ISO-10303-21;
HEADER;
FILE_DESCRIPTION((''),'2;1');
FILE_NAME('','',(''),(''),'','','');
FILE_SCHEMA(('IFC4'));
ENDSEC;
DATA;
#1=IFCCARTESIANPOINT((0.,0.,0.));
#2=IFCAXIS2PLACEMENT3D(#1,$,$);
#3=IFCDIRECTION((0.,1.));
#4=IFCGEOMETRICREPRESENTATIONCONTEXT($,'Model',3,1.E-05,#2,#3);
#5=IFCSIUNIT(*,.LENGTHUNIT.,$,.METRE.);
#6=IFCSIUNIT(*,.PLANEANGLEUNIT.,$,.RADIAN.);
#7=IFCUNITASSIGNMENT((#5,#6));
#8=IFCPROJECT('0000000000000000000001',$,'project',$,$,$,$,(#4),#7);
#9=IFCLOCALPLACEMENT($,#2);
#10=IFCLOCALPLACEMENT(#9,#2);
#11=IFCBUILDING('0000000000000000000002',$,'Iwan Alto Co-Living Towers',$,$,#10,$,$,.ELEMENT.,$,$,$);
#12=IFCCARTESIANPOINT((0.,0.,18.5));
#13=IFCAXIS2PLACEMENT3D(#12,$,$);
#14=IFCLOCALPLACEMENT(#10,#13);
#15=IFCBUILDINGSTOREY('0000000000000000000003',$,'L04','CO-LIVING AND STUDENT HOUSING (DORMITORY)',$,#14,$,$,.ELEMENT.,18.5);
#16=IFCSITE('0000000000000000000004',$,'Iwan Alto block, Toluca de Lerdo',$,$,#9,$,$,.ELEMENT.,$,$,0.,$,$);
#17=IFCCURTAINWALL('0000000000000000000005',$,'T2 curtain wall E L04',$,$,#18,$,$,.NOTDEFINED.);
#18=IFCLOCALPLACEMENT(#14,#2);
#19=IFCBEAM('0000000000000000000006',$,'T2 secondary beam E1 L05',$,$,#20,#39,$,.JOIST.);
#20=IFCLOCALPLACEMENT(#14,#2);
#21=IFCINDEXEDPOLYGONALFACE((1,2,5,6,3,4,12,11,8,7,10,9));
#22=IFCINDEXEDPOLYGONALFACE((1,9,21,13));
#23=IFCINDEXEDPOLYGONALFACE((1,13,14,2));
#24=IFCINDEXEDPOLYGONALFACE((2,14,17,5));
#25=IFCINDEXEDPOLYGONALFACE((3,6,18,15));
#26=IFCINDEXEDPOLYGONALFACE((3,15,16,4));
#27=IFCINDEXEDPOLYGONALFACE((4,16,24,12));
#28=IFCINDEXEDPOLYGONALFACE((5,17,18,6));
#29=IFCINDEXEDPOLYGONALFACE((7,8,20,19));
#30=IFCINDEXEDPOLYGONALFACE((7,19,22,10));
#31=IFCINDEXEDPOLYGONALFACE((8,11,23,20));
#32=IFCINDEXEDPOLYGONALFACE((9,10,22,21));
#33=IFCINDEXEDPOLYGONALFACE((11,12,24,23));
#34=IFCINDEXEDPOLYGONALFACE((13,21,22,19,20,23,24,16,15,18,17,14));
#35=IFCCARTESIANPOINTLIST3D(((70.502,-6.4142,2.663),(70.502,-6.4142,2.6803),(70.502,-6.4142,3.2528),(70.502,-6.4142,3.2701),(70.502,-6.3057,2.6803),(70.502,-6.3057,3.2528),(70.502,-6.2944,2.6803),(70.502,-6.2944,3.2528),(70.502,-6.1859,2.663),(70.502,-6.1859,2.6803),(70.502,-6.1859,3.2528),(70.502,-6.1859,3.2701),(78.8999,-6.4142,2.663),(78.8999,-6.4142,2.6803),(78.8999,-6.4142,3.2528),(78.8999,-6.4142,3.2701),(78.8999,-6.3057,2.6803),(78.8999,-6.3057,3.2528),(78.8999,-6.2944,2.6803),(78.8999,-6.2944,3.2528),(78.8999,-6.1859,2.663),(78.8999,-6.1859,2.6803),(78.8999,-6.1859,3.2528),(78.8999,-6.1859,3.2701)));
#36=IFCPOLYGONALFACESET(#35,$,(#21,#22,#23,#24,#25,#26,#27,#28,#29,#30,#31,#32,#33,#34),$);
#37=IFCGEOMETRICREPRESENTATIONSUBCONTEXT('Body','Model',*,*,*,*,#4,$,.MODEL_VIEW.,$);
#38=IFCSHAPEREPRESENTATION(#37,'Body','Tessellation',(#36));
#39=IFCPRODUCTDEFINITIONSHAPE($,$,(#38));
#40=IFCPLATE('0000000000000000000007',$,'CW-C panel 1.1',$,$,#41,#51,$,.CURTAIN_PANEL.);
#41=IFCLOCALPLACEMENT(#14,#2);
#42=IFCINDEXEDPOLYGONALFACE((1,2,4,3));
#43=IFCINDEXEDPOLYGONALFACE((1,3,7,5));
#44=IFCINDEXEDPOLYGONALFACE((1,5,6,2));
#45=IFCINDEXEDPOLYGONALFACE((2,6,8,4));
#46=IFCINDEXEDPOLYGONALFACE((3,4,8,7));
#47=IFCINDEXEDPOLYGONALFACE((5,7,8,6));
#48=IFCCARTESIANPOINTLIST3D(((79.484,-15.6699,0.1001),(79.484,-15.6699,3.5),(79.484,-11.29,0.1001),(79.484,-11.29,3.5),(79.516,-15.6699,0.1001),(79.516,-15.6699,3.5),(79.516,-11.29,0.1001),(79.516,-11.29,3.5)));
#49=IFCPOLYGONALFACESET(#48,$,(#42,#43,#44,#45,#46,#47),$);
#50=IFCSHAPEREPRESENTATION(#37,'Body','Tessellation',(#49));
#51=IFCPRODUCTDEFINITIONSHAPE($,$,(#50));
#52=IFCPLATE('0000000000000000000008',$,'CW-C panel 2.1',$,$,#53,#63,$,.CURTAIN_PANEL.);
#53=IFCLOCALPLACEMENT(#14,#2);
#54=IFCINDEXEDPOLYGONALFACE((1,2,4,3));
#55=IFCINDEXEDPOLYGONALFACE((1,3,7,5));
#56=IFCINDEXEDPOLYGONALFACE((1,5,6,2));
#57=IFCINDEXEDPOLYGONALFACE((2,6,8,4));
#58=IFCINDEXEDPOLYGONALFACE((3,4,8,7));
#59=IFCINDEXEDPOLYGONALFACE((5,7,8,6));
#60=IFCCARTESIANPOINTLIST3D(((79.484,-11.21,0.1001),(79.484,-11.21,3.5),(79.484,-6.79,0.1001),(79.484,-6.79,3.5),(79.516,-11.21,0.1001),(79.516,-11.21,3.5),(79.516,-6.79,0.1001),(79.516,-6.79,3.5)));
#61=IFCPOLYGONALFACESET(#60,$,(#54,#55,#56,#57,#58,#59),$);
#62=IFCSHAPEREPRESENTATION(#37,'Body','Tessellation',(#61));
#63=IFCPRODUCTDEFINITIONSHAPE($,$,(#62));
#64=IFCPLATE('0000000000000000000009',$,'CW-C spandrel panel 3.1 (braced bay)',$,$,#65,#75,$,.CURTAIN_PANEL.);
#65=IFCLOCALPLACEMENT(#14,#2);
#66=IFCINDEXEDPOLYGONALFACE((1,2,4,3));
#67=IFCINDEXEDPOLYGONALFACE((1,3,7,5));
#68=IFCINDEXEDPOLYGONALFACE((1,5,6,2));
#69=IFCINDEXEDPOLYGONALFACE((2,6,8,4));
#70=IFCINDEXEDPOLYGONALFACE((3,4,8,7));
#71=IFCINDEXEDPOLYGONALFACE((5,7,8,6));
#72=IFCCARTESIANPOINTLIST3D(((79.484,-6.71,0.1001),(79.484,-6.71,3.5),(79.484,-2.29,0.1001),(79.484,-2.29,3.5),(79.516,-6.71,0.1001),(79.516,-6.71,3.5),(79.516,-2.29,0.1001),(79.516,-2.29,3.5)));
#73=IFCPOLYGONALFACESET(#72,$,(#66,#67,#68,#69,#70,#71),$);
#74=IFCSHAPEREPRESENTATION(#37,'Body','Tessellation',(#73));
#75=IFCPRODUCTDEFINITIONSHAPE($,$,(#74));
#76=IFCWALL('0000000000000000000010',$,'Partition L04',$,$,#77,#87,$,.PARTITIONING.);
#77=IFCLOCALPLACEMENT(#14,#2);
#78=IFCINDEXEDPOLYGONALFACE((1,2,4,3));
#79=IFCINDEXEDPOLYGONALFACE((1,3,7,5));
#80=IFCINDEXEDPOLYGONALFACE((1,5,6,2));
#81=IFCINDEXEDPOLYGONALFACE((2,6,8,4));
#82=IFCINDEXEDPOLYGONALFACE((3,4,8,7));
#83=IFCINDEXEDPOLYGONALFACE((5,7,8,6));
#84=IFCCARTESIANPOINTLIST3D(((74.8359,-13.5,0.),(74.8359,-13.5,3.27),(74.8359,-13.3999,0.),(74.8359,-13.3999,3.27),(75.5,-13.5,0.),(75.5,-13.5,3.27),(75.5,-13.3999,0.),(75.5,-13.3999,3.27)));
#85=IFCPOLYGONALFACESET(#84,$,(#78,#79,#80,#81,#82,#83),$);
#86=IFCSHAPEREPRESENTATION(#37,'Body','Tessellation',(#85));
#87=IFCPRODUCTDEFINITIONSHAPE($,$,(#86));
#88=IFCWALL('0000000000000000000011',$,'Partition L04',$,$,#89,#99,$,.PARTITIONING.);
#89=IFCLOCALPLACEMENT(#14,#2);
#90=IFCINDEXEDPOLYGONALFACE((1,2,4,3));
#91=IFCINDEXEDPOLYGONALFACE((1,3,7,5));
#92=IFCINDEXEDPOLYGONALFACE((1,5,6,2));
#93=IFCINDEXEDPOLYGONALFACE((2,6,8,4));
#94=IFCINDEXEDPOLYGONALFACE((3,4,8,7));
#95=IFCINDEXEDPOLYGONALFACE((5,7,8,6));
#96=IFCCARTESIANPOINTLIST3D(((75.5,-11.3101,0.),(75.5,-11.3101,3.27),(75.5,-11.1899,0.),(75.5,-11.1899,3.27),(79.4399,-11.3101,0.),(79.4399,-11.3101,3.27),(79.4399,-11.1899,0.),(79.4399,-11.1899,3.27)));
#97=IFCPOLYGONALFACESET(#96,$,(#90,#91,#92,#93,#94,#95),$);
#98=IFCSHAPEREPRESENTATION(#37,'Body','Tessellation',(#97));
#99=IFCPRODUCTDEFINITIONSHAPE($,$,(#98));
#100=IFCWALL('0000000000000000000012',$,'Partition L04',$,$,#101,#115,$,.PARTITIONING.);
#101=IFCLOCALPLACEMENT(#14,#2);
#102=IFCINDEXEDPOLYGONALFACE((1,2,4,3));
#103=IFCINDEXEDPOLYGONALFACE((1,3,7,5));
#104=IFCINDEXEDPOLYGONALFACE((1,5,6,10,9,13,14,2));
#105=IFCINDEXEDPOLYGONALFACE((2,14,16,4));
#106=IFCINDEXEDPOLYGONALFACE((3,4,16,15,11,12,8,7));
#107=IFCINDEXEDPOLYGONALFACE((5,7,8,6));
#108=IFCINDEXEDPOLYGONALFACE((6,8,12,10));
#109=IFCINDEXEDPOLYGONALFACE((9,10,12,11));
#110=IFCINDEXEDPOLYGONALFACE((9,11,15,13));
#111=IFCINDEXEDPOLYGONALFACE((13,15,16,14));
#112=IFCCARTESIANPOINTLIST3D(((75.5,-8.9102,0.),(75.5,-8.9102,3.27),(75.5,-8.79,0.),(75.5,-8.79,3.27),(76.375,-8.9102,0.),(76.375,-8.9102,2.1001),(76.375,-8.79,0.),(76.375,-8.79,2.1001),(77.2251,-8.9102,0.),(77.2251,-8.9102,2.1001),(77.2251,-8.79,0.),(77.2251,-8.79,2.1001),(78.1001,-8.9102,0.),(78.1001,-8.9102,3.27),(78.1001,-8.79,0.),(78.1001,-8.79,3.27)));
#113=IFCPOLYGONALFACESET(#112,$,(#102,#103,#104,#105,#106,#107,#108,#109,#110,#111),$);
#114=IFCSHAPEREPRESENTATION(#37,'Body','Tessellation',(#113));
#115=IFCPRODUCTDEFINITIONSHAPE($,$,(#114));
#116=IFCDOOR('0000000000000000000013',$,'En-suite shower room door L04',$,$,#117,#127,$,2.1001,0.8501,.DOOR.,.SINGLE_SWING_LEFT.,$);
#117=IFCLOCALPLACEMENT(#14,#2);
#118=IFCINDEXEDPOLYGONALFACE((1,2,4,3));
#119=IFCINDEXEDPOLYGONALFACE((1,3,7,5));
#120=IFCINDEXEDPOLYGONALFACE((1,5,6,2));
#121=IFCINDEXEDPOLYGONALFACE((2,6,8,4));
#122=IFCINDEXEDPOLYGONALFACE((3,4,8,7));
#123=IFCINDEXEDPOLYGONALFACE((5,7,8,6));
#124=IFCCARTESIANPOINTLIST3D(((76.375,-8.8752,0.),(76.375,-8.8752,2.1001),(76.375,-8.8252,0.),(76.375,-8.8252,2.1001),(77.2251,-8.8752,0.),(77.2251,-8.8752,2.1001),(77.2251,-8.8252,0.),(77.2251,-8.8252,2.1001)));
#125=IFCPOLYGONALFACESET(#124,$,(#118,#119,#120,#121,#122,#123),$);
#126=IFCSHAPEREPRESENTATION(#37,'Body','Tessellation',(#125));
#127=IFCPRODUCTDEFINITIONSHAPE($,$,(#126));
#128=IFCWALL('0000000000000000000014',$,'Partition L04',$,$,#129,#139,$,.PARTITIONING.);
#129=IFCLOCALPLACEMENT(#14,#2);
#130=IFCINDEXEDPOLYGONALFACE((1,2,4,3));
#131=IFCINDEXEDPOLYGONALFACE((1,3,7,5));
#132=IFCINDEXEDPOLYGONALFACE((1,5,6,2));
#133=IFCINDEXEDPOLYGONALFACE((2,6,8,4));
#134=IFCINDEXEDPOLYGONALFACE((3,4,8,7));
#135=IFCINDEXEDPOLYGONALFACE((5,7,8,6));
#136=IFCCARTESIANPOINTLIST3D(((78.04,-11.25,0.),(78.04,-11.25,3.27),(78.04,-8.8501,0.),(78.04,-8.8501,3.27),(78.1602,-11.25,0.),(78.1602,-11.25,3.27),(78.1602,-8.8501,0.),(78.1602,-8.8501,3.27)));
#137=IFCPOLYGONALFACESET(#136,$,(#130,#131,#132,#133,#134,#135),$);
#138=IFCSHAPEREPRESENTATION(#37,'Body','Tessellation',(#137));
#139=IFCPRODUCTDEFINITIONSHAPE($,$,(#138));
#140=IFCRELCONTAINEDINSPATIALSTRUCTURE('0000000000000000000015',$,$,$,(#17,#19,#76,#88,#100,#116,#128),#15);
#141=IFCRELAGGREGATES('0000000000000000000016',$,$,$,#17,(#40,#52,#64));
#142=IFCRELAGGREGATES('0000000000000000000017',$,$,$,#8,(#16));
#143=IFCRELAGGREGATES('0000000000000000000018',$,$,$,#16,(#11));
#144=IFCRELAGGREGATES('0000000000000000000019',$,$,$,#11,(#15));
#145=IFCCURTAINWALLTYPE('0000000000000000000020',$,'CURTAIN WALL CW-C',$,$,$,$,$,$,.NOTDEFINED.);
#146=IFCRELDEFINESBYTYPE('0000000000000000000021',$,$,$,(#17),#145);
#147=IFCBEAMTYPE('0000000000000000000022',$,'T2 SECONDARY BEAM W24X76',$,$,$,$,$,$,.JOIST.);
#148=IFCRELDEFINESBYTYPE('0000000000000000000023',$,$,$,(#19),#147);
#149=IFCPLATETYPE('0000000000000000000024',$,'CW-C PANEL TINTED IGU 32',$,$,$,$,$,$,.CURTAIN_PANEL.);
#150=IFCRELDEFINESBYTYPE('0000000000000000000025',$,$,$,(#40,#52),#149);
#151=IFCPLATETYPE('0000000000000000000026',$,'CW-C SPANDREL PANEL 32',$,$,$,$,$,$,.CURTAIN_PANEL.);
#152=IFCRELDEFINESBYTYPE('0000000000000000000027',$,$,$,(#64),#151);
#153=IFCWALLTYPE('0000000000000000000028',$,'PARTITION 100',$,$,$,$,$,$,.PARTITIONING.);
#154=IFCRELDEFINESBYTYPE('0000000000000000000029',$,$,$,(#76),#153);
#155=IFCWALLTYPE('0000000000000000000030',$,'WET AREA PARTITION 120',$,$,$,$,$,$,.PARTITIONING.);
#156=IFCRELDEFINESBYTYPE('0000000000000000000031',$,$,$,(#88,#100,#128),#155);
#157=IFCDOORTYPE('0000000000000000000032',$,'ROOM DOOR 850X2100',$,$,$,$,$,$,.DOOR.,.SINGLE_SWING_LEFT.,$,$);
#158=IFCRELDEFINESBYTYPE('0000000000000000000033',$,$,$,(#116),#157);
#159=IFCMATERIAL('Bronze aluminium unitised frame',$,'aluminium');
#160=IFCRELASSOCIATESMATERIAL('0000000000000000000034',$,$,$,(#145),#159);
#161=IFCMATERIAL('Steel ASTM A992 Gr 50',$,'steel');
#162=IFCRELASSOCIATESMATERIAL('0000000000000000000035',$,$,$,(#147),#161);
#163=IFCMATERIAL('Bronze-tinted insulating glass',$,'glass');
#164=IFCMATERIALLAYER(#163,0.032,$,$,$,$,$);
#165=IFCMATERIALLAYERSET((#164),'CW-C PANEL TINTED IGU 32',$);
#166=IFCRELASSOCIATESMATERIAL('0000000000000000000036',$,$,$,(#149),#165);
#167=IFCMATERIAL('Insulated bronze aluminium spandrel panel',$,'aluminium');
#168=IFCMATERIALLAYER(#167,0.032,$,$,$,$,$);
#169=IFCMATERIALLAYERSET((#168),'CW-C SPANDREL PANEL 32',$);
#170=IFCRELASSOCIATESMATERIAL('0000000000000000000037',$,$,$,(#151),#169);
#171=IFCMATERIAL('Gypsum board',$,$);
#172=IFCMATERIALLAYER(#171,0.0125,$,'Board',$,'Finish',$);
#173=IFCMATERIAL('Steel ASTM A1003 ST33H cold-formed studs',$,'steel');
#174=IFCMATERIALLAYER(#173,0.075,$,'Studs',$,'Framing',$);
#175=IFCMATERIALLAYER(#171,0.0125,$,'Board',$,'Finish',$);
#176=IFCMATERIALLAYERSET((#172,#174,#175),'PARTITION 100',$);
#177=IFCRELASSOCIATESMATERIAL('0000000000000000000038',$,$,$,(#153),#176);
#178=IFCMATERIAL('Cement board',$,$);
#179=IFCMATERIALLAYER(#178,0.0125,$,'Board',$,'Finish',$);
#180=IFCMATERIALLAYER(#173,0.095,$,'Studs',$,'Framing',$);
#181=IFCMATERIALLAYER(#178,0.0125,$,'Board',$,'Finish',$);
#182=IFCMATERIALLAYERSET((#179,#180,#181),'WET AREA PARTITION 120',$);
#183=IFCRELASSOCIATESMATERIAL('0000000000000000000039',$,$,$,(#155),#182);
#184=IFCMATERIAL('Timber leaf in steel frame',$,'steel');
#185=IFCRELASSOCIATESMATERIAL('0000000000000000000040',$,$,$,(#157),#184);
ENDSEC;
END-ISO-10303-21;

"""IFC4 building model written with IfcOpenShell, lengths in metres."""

from ifc_helpers import new_model, si_unit, direction, frame, frame_2d, origin, origin_2d, place, context, subcontext, project, spatial, rectangle, i_section, extrude, material, layer, layer_set, material_profile, profile_set, type_object, element, fill, aggregate, save


model = new_model("IFC4")

# Units and contexts
model_context = context("Model", 3, precision=1e-05, world=origin(), true_north=direction((0.0, 1.0)))
body_context = subcontext(model_context, "Body", "Model", "MODEL_VIEW")
ifc_project = project(units=[si_unit("LENGTHUNIT", "METRE"), si_unit("PLANEANGLEUNIT", "RADIAN")], contexts=[model_context])

# Site, building, storey
site_placement = place(None, origin())
site = spatial("IfcSite", under=ifc_project, at=site_placement, Name="Iwan Alto block, Toluca de Lerdo", CompositionType="ELEMENT", RefElevation=0.0)
building_placement = place(site_placement, origin())
building = spatial("IfcBuilding", under=site, at=building_placement, Name="Iwan Alto Co-Living Towers", CompositionType="ELEMENT")
storey_placement = place(building_placement, frame((0.0, 0.0, 18.5)))
storey = spatial("IfcBuildingStorey", under=building, at=storey_placement, Name="L04", Description="CO-LIVING AND STUDENT HOUSING (DORMITORY)", CompositionType="ELEMENT", Elevation=18.5)

# Curtain wall
ifc_material_1 = material(Name="Bronze aluminium unitised frame", Category="aluminium")
curtain_wall_type = type_object("IfcCurtainWallType", Name="CURTAIN WALL CW-C", PredefinedType="NOTDEFINED", material=ifc_material_1)
curtain_wall_placement = place(storey_placement, origin())
curtain_wall = element("IfcCurtainWall", 1, at=curtain_wall_placement, inside=storey, type_object=curtain_wall_type, Name="T2 curtain wall E L04", PredefinedType="NOTDEFINED")

# Beam
ifc_material_2 = material(Name="Steel ASTM A992 Gr 50", Category="steel")
ifc_material_profile_1 = material_profile(ifc_material_2, i_section(OverallWidth=0.2283, OverallDepth=0.6072, WebThickness=0.0112, FlangeThickness=0.0173, at=origin_2d()), Name="W24X76")
ifc_profile_set_1 = profile_set([ifc_material_profile_1], Name="Steel ASTM A992 Gr 50")
beam_type_1 = type_object("IfcBeamType", Name="T2 SECONDARY BEAM W24X76", PredefinedType="JOIST", material=ifc_profile_set_1)
beam_1_placement = place(storey_placement, frame((78.8999, -6.3, 2.9666), z_axis=(-1.0, 0.0, 0.0), x_axis=(0.0, -1.0, 0.0)))
element("IfcBeam", 2, at=beam_1_placement, inside=storey, type_object=beam_type_1, Name="T2 secondary beam E1 L05", PredefinedType="JOIST", context=body_context, shape_type="SweptSolid", body=[
    extrude(i_section(OverallWidth=0.2283, OverallDepth=0.6072, WebThickness=0.0112, FlangeThickness=0.0173, at=origin_2d()), origin(), (0.0, 0.0, 1.0), 8.3979),
])

# Plates
ifc_material_3 = material(Name="Bronze-tinted insulating glass", Category="glass")
ifc_layer_1 = layer(ifc_material_3, 0.032)
ifc_layer_set_1 = layer_set([ifc_layer_1], Name="CW-C PANEL TINTED IGU 32")
plate_type_1 = type_object("IfcPlateType", Name="CW-C PANEL TINTED IGU 32", PredefinedType="CURTAIN_PANEL", material=ifc_layer_set_1)
plate_1_placement = place(storey_placement, frame((79.5, -13.48, 0.1001), z_axis=(0.0, 0.0, 1.0), x_axis=(0.0, 1.0, 0.0)))
plate_1 = element("IfcPlate", 3, at=plate_1_placement, type_object=plate_type_1, Name="CW-C panel 1.1", PredefinedType="CURTAIN_PANEL", context=body_context, shape_type="SweptSolid", body=[
    extrude(rectangle(XDim=4.3799, YDim=0.032, at=origin_2d()), origin(), (0.0, 0.0, 1.0), 3.3999),
])
plate_2_placement = place(storey_placement, frame((79.5, -9.0, 0.1001), z_axis=(0.0, 0.0, 1.0), x_axis=(0.0, 1.0, 0.0)))
plate_2 = element("IfcPlate", 4, at=plate_2_placement, type_object=plate_type_1, Name="CW-C panel 2.1", PredefinedType="CURTAIN_PANEL", context=body_context, shape_type="SweptSolid", body=[
    extrude(rectangle(XDim=4.4199, YDim=0.032, at=origin_2d()), origin(), (0.0, 0.0, 1.0), 3.3999),
])
ifc_material_4 = material(Name="Insulated bronze aluminium spandrel panel", Category="aluminium")
ifc_layer_2 = layer(ifc_material_4, 0.032)
ifc_layer_set_2 = layer_set([ifc_layer_2], Name="CW-C SPANDREL PANEL 32")
plate_type_2 = type_object("IfcPlateType", Name="CW-C SPANDREL PANEL 32", PredefinedType="CURTAIN_PANEL", material=ifc_layer_set_2)
plate_3_placement = place(storey_placement, frame((79.5, -4.5, 0.1001), z_axis=(0.0, 0.0, 1.0), x_axis=(0.0, 1.0, 0.0)))
plate_3 = element("IfcPlate", 5, at=plate_3_placement, type_object=plate_type_2, Name="CW-C spandrel panel 3.1 (braced bay)", PredefinedType="CURTAIN_PANEL", context=body_context, shape_type="SweptSolid", body=[
    extrude(rectangle(XDim=4.4199, YDim=0.032, at=origin_2d()), origin(), (0.0, 0.0, 1.0), 3.3999),
])
aggregate(curtain_wall, [plate_1, plate_2, plate_3])

# Walls
ifc_material_5 = material(Name="Gypsum board")
ifc_layer_3 = layer(ifc_material_5, 0.0125, Name="Board", Category="Finish")
ifc_material_6 = material(Name="Steel ASTM A1003 ST33H cold-formed studs", Category="steel")
ifc_layer_4 = layer(ifc_material_6, 0.075, Name="Studs", Category="Framing")
ifc_layer_5 = layer(ifc_material_5, 0.0125, Name="Board", Category="Finish")
ifc_layer_set_3 = layer_set([ifc_layer_3, ifc_layer_4, ifc_layer_5], Name="PARTITION 100")
wall_type_1 = type_object("IfcWallType", Name="PARTITION 100", PredefinedType="PARTITIONING", material=ifc_layer_set_3)
wall_1_placement = place(storey_placement, frame((74.8359, -13.45, 0.0), z_axis=(0.0, 0.0, 1.0), x_axis=(1.0, 0.0, 0.0)))
element("IfcWall", 6, at=wall_1_placement, inside=storey, type_object=wall_type_1, Name="Partition L04", PredefinedType="PARTITIONING", context=body_context, shape_type="SweptSolid", body=[
    extrude(rectangle(XDim=0.6641, YDim=0.1001, at=frame_2d((0.332, 0.0))), origin(), (0.0, 0.0, 1.0), 3.27),
])
ifc_material_7 = material(Name="Cement board")
ifc_layer_6 = layer(ifc_material_7, 0.0125, Name="Board", Category="Finish")
ifc_layer_7 = layer(ifc_material_6, 0.095, Name="Studs", Category="Framing")
ifc_layer_8 = layer(ifc_material_7, 0.0125, Name="Board", Category="Finish")
ifc_layer_set_4 = layer_set([ifc_layer_6, ifc_layer_7, ifc_layer_8], Name="WET AREA PARTITION 120")
wall_type_2 = type_object("IfcWallType", Name="WET AREA PARTITION 120", PredefinedType="PARTITIONING", material=ifc_layer_set_4)
wall_2_placement = place(storey_placement, frame((75.5, -11.25, 0.0), z_axis=(0.0, 0.0, 1.0), x_axis=(1.0, 0.0, 0.0)))
element("IfcWall", 7, at=wall_2_placement, inside=storey, type_object=wall_type_2, Name="Partition L04", PredefinedType="PARTITIONING", context=body_context, shape_type="SweptSolid", body=[
    extrude(rectangle(XDim=3.9399, YDim=0.1201, at=frame_2d((1.97, 0.0))), origin(), (0.0, 0.0, 1.0), 3.27),
])

# Wall, opening, door
wall_3_placement = place(storey_placement, frame((75.5, -8.8501, 0.0), z_axis=(0.0, 0.0, 1.0), x_axis=(1.0, 0.0, 0.0)))
wall_3 = element("IfcWall", 8, at=wall_3_placement, inside=storey, type_object=wall_type_2, Name="Partition L04", PredefinedType="PARTITIONING", context=body_context, shape_type="SweptSolid", body=[
    extrude(rectangle(XDim=2.6001, YDim=0.1201, at=frame_2d((1.3, 0.0))), origin(), (0.0, 0.0, 1.0), 3.27),
])
opening_1_placement = place(wall_3_placement, frame((0.875, 0.0, 0.0)))
opening_1 = element("IfcOpeningElement", 9, at=opening_1_placement, cuts=wall_3, PredefinedType="OPENING", context=body_context, shape_type="SweptSolid", body=[
    extrude(rectangle(XDim=0.8501, YDim=2.1001, at=frame_2d((0.425, 1.05))), frame((0.0, 0.0701, 0.0), z_axis=(0.0, -1.0, 0.0), x_axis=(1.0, 0.0, 0.0)), (0.0, 0.0, 1.0), 0.1401),
])
ifc_material_8 = material(Name="Timber leaf in steel frame", Category="steel")
door_type = type_object("IfcDoorType", Name="ROOM DOOR 850X2100", OperationType="SINGLE_SWING_LEFT", PredefinedType="DOOR", material=ifc_material_8)
door_1_placement = place(opening_1_placement, origin())
door_1 = element("IfcDoor", 10, at=door_1_placement, inside=storey, type_object=door_type, Name="En-suite shower room door L04", OperationType="SINGLE_SWING_LEFT", OverallHeight=2.1001, OverallWidth=0.8501, PredefinedType="DOOR", context=body_context, shape_type="SweptSolid", body=[
    extrude(rectangle(XDim=0.8501, YDim=2.1001, at=frame_2d((0.425, 1.05))), frame((0.0, 0.0249, 0.0), z_axis=(0.0, -1.0, 0.0), x_axis=(1.0, 0.0, 0.0)), (0.0, 0.0, 1.0), 0.05),
])
fill(opening_1, door_1)

# Wall
wall_4_placement = place(storey_placement, frame((78.1001, -11.25, 0.0), z_axis=(0.0, 0.0, 1.0), x_axis=(0.0, 1.0, 0.0)))
element("IfcWall", 11, at=wall_4_placement, inside=storey, type_object=wall_type_2, Name="Partition L04", PredefinedType="PARTITIONING", context=body_context, shape_type="SweptSolid", body=[
    extrude(rectangle(XDim=2.3999, YDim=0.1201, at=frame_2d((1.2, 0.0))), origin(), (0.0, 0.0, 1.0), 3.27),
])

save(model, "model.ifc")
